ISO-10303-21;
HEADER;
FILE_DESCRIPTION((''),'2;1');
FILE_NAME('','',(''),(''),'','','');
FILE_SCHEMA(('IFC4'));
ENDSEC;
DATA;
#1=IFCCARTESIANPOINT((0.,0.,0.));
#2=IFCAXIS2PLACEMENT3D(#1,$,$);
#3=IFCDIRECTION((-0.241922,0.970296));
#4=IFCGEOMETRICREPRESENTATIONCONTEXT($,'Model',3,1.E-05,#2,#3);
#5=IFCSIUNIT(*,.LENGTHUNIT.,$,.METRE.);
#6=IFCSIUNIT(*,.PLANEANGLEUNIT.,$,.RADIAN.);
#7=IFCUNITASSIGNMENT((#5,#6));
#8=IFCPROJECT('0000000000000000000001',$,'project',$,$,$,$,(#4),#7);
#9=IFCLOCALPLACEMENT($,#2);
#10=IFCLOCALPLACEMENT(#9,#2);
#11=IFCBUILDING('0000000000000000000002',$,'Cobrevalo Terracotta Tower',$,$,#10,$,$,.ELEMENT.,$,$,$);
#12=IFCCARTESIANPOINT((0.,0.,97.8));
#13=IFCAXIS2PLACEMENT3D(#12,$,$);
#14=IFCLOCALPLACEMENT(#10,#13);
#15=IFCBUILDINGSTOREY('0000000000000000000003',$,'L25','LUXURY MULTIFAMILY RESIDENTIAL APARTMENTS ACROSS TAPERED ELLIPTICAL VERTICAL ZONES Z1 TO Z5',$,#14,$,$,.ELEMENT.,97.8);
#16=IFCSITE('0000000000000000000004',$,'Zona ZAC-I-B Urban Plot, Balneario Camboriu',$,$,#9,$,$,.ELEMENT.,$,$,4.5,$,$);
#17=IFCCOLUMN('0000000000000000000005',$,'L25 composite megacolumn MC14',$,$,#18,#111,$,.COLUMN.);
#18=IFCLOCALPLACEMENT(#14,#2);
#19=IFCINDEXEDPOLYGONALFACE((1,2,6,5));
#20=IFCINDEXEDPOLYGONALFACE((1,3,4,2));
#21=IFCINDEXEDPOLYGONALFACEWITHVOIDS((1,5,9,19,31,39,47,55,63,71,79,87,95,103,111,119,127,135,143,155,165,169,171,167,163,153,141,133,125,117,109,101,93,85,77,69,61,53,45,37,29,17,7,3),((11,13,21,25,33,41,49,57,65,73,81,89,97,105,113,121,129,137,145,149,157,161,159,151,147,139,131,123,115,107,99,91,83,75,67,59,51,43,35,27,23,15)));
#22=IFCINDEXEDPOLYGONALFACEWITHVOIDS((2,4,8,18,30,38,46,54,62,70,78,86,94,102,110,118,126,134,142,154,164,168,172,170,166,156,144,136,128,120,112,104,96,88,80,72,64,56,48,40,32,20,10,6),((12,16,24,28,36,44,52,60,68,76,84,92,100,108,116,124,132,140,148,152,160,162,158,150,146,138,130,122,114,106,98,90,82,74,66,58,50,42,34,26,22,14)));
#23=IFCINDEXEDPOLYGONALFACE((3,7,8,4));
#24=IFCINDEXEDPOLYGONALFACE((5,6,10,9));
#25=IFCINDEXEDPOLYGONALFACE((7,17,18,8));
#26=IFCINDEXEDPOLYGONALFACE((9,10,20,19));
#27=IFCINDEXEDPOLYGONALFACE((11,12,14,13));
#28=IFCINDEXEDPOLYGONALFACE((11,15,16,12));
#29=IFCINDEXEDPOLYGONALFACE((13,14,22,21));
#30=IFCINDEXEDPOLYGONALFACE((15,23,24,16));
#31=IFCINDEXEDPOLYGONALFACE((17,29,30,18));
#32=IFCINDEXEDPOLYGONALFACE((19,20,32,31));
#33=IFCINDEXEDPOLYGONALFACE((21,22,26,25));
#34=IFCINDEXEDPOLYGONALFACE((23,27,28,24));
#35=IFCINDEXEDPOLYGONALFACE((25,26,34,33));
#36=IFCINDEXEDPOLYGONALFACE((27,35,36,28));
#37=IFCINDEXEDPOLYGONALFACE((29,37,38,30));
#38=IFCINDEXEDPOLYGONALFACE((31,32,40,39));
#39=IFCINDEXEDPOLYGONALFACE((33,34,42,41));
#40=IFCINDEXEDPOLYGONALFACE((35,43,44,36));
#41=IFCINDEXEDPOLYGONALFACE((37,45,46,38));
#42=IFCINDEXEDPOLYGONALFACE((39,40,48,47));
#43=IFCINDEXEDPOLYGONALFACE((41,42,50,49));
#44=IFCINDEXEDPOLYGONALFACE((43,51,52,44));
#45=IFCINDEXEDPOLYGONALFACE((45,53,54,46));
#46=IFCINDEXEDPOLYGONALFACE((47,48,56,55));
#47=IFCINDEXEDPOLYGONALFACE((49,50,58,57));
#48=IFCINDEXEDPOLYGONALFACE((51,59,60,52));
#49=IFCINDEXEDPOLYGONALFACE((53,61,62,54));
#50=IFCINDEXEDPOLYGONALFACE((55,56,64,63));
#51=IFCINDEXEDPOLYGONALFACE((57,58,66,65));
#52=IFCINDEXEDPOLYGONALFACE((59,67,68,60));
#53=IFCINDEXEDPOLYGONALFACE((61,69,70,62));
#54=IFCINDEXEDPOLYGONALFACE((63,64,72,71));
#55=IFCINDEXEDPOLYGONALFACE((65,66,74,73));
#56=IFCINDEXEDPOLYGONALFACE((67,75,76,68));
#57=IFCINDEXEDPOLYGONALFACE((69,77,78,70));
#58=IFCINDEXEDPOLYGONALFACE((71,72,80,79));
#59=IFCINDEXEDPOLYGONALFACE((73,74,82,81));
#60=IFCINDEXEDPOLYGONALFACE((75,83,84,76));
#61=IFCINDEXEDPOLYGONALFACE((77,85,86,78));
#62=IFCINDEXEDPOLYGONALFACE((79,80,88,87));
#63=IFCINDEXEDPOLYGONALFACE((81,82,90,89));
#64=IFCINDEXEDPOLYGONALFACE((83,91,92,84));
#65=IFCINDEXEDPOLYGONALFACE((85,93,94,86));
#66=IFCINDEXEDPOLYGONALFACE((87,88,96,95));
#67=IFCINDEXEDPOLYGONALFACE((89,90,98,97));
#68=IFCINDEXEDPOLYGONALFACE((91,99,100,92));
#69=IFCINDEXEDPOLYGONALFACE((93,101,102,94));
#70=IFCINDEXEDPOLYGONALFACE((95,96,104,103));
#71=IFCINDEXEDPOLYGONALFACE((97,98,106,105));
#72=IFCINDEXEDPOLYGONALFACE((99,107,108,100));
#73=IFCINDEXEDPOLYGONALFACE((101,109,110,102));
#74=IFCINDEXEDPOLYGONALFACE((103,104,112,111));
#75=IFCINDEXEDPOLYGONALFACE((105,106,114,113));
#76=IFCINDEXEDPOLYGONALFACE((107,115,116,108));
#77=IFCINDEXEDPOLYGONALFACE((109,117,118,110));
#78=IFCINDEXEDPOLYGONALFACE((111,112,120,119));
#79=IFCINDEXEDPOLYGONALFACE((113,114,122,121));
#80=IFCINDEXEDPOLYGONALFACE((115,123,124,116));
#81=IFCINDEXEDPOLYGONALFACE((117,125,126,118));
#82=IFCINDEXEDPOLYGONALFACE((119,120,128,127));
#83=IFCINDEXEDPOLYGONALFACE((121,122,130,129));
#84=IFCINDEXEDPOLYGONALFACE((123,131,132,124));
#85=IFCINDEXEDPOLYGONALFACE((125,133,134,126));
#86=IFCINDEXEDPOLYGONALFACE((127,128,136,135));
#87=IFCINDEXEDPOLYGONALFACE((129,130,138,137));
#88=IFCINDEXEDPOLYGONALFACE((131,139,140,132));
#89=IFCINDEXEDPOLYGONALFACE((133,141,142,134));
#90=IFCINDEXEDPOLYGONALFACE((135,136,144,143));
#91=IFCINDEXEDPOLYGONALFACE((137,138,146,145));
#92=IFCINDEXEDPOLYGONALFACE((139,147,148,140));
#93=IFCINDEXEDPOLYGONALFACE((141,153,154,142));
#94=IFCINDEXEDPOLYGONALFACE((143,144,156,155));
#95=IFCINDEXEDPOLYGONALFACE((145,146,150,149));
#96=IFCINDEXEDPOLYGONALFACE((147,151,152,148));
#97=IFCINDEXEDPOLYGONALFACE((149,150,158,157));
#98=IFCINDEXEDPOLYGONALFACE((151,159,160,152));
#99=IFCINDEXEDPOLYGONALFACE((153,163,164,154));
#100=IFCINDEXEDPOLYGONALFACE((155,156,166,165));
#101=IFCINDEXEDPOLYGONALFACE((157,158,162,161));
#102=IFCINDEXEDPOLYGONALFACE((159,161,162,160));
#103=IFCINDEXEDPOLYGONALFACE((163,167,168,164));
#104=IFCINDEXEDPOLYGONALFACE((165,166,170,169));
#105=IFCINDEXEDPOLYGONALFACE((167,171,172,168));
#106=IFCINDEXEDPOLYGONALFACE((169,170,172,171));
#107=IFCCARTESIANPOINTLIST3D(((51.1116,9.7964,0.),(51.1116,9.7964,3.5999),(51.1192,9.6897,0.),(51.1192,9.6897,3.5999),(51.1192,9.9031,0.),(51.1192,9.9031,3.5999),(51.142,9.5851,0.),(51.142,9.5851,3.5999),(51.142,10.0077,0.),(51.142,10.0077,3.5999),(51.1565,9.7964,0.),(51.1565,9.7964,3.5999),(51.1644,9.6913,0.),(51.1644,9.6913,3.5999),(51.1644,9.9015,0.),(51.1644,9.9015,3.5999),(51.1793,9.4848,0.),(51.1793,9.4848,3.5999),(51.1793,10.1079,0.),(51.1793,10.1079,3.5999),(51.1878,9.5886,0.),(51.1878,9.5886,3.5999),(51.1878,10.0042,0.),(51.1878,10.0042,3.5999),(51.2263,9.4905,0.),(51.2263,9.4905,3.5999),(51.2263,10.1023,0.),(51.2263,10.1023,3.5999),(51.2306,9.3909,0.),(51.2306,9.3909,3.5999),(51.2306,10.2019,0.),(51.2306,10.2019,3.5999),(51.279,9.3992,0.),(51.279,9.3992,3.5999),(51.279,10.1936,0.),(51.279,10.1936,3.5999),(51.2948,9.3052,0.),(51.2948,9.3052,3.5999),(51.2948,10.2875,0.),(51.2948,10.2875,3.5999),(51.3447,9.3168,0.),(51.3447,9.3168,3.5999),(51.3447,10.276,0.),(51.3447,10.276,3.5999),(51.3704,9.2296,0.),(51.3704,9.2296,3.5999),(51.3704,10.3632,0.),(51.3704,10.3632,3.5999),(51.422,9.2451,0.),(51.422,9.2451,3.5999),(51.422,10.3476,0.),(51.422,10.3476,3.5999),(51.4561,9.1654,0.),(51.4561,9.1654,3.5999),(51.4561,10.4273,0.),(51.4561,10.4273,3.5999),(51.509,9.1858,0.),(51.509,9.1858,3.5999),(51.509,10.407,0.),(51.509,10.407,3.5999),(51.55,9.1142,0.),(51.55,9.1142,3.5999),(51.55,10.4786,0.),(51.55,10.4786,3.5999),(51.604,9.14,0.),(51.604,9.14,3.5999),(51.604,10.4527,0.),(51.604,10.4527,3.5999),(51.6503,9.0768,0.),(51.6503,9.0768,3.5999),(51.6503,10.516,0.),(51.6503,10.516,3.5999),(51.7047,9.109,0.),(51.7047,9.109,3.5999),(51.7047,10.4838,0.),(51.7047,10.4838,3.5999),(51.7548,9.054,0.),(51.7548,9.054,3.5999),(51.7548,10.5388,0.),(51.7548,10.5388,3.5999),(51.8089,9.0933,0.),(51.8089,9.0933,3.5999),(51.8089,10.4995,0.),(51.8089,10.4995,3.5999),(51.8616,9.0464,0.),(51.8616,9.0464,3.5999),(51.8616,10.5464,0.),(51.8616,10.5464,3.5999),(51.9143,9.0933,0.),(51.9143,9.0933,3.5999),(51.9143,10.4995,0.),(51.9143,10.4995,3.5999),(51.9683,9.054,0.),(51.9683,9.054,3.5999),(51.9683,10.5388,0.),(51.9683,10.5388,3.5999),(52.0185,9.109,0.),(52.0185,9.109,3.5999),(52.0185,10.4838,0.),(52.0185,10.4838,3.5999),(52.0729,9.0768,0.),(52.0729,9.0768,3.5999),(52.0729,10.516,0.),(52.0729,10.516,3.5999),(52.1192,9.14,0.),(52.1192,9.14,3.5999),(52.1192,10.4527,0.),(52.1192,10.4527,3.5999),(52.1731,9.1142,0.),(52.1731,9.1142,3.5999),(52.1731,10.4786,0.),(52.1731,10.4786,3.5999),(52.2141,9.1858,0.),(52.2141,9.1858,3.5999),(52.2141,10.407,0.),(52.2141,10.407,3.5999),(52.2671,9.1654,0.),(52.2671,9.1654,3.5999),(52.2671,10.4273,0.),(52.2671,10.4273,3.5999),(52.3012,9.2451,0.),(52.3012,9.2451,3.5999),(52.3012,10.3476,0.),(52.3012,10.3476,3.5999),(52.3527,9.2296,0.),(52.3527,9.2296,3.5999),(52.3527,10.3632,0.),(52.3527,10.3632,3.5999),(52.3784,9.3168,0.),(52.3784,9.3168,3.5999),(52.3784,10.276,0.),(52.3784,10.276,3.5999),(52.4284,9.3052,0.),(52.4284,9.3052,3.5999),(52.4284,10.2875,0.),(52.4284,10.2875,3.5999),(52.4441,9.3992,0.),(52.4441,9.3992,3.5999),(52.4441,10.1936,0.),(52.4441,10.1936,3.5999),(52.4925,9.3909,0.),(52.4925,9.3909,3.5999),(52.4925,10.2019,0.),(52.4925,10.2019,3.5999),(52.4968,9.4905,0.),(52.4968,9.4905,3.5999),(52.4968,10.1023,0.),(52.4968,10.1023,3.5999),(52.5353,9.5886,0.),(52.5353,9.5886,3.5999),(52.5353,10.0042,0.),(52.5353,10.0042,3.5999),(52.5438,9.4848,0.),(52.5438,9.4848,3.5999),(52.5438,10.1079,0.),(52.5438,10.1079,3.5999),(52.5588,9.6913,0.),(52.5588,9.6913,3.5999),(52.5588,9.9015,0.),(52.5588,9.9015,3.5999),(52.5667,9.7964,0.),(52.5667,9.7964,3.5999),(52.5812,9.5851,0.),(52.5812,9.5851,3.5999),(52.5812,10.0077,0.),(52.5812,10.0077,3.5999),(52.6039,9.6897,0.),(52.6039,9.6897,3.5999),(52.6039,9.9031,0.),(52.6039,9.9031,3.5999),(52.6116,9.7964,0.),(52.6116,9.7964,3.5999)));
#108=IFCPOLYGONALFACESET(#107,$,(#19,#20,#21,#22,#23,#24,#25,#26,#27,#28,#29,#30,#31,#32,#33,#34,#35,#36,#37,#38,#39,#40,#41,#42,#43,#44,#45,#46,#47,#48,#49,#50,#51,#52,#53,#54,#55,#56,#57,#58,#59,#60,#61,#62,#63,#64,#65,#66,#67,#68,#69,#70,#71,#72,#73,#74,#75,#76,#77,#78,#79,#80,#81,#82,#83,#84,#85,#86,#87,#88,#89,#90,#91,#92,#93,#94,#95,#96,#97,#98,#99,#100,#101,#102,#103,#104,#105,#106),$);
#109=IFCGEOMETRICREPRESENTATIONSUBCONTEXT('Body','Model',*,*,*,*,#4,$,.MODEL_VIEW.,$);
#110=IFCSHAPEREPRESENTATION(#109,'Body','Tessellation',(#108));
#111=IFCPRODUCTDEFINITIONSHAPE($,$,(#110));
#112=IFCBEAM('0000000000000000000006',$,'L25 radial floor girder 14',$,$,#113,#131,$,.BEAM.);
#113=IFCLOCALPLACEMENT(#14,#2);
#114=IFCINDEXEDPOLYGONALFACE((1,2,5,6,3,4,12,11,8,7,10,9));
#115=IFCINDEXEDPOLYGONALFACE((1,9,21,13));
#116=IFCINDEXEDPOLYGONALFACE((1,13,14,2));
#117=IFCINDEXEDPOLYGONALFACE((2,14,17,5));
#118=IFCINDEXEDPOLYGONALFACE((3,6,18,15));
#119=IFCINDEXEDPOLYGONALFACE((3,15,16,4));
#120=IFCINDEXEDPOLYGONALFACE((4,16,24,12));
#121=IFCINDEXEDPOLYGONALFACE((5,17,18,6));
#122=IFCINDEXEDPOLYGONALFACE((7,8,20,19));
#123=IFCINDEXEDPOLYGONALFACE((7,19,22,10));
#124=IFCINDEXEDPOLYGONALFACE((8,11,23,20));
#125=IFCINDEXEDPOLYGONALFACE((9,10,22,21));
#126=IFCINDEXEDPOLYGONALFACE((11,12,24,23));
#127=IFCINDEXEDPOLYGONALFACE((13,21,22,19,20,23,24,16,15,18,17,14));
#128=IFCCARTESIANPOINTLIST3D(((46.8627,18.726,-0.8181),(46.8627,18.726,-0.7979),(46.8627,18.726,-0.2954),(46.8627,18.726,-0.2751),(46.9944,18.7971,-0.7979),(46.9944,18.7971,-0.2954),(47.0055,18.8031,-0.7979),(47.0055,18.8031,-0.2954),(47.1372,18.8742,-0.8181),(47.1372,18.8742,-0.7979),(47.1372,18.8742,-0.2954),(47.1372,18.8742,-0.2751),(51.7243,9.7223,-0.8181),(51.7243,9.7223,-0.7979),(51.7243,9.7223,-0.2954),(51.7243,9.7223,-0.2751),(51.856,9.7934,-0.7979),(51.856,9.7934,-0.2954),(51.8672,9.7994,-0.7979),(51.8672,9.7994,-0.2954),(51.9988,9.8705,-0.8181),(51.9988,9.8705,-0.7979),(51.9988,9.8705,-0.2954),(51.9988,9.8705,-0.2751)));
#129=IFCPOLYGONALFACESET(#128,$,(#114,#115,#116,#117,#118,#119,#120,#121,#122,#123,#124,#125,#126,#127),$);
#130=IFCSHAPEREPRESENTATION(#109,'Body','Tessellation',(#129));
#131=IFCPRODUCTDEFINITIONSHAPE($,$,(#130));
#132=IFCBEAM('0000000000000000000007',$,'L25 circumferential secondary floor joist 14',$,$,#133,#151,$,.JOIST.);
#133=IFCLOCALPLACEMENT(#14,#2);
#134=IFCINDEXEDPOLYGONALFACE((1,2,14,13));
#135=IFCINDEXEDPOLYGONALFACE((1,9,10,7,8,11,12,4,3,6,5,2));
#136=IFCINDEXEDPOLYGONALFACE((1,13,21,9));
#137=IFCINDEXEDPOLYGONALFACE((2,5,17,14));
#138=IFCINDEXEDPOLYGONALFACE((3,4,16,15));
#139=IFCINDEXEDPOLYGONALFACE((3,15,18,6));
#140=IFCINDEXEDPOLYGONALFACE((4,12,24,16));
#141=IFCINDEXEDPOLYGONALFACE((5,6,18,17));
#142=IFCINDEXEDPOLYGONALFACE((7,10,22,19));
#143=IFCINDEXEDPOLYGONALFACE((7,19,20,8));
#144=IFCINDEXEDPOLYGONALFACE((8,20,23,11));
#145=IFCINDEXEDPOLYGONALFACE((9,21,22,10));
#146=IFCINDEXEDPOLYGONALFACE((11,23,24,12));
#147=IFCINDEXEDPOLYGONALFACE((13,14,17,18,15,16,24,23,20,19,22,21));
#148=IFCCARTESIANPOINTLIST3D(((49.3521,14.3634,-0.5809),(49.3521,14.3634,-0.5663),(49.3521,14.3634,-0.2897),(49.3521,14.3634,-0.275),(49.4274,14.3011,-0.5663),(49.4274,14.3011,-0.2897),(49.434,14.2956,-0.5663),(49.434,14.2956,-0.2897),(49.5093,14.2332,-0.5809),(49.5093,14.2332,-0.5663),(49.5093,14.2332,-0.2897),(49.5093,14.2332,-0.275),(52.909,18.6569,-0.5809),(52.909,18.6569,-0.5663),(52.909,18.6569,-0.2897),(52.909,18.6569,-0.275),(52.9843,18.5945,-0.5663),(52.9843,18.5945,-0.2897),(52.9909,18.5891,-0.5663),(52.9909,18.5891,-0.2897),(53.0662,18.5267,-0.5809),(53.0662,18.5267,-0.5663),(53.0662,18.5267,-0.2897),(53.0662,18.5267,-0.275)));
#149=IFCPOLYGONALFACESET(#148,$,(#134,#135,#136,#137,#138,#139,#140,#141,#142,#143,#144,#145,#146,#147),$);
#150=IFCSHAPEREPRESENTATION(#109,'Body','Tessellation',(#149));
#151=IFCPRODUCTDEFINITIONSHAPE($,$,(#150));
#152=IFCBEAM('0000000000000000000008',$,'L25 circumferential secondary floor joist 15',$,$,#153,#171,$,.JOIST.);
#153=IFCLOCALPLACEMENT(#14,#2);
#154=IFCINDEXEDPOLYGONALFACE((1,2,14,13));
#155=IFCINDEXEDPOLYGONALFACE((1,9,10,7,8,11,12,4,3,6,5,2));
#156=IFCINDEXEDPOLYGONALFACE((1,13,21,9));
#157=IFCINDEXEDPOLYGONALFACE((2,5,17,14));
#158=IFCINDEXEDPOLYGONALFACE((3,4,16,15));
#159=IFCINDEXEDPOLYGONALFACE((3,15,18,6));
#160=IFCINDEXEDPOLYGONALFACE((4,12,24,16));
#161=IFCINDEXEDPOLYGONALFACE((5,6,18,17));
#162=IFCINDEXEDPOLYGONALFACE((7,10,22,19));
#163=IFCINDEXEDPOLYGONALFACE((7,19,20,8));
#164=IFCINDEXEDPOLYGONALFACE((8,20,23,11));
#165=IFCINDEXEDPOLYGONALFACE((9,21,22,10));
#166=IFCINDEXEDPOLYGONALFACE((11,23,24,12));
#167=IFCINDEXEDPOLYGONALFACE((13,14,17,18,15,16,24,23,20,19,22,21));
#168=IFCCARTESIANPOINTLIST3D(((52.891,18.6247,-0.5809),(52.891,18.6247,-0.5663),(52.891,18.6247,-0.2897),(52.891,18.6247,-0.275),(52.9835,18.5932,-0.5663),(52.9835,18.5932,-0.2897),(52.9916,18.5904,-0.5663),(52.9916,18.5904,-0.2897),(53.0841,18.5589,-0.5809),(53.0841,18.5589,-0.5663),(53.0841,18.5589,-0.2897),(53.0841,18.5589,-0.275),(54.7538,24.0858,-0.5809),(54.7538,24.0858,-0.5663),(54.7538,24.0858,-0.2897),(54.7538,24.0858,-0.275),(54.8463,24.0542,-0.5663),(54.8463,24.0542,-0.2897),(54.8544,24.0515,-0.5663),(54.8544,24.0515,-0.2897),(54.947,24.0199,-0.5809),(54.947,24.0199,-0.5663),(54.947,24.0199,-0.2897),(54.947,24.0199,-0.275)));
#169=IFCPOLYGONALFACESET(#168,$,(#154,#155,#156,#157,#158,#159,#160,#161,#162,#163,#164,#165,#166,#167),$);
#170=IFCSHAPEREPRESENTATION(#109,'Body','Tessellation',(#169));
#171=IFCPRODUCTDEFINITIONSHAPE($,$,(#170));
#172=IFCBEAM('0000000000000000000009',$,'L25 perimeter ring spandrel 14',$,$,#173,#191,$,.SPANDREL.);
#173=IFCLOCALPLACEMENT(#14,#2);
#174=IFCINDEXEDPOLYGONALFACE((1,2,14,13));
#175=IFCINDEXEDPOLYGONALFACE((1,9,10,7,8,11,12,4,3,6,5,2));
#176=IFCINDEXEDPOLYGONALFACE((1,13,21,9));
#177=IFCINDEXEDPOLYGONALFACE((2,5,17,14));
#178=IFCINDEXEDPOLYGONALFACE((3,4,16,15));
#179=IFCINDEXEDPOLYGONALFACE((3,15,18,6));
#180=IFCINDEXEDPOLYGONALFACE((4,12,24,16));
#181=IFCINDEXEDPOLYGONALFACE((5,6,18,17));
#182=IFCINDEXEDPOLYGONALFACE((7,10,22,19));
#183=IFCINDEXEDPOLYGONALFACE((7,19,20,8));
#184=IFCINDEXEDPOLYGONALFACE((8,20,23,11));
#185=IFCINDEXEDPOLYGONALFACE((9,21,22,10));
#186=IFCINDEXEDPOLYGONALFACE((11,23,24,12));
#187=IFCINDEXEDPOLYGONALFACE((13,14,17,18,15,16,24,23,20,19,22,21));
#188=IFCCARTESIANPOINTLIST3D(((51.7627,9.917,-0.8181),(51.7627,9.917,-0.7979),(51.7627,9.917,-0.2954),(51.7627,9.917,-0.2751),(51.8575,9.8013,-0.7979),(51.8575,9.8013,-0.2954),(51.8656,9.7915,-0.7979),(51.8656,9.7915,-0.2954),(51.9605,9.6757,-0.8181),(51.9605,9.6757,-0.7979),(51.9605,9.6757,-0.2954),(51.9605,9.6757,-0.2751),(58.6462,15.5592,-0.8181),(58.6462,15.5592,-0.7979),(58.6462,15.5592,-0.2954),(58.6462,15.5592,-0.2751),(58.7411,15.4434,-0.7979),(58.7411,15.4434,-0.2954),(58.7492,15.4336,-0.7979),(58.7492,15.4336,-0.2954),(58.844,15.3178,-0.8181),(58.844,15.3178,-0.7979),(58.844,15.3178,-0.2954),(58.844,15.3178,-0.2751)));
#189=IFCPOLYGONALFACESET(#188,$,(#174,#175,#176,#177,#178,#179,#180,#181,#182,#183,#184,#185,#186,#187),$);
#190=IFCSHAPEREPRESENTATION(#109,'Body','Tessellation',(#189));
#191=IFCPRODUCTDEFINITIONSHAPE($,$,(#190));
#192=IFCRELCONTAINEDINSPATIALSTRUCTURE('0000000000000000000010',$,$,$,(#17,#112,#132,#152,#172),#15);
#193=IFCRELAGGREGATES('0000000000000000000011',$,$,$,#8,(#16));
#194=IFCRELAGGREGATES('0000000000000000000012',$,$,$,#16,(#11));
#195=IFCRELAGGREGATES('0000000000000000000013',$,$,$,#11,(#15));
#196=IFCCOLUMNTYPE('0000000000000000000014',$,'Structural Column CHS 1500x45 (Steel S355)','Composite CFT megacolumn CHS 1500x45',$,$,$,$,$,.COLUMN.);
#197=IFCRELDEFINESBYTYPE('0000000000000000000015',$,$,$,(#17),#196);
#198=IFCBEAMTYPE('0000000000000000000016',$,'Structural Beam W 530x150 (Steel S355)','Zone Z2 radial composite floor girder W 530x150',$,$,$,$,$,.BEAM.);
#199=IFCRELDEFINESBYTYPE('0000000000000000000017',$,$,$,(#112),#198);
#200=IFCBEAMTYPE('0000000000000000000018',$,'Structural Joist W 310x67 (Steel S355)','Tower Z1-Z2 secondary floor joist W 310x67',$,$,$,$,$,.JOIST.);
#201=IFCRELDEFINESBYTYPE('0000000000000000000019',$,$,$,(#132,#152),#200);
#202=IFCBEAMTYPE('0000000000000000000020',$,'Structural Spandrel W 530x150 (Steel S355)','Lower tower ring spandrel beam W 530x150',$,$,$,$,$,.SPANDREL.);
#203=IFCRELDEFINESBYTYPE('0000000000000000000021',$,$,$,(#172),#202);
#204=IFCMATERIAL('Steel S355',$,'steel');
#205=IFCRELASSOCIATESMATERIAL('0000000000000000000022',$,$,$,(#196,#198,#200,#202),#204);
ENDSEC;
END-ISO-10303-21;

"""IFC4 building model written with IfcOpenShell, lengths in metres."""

from ifc_helpers import new_model, si_unit, direction, frame, origin, origin_2d, place, context, subcontext, project, spatial, hollow_circle, i_section, extrude, material, material_profile, profile_set, type_object, element, save


model = new_model("IFC4")

# Units and contexts
model_context = context("Model", 3, precision=1e-05, world=origin(), true_north=direction((-0.241922, 0.970296)))
body_context = subcontext(model_context, "Body", "Model", "MODEL_VIEW")
ifc_project = project(units=[si_unit("LENGTHUNIT", "METRE"), si_unit("PLANEANGLEUNIT", "RADIAN")], contexts=[model_context])

# Site, building, storey
site_placement = place(None, origin())
site = spatial("IfcSite", under=ifc_project, at=site_placement, Name="Zona ZAC-I-B Urban Plot, Balneario Camboriu", CompositionType="ELEMENT", RefElevation=4.5)
building_placement = place(site_placement, origin())
building = spatial("IfcBuilding", under=site, at=building_placement, Name="Cobrevalo Terracotta Tower", CompositionType="ELEMENT")
storey_placement = place(building_placement, frame((0.0, 0.0, 97.8)))
storey = spatial("IfcBuildingStorey", under=building, at=storey_placement, Name="L25", Description="LUXURY MULTIFAMILY RESIDENTIAL APARTMENTS ACROSS TAPERED ELLIPTICAL VERTICAL ZONES Z1 TO Z5", CompositionType="ELEMENT", Elevation=97.8)

# Column
ifc_material_1 = material(Name="Steel S355", Category="steel")
ifc_material_profile_1 = material_profile(ifc_material_1, hollow_circle(Radius=0.75, WallThickness=0.0449, at=origin_2d()), Name="CHS 1500x45")
ifc_profile_set_1 = profile_set([ifc_material_profile_1], Name="Steel S355")
column_type = type_object("IfcColumnType", Name="Structural Column CHS 1500x45 (Steel S355)", Description="Composite CFT megacolumn CHS 1500x45", PredefinedType="COLUMN", material=ifc_profile_set_1)
column_placement = place(storey_placement, frame((51.8616, 9.7964, 0.0), z_axis=(0.0, 0.0, 1.0), x_axis=(1.0, 0.0, 0.0)))
element("IfcColumn", 1, at=column_placement, inside=storey, type_object=column_type, Name="L25 composite megacolumn MC14", PredefinedType="COLUMN", context=body_context, shape_type="SweptSolid", body=[
    extrude(hollow_circle(Radius=0.75, WallThickness=0.0449, at=origin_2d()), origin(), (0.0, 0.0, 1.0), 3.5999),
])

# Beams
ifc_material_profile_2 = material_profile(ifc_material_1, i_section(OverallWidth=0.312, OverallDepth=0.543, WebThickness=0.0127, FlangeThickness=0.0203, at=origin_2d()), Name="W 530x150")
ifc_profile_set_2 = profile_set([ifc_material_profile_2], Name="Steel S355")
beam_type_1 = type_object("IfcBeamType", Name="Structural Beam W 530x150 (Steel S355)", Description="Zone Z2 radial composite floor girder W 530x150", PredefinedType="BEAM", material=ifc_profile_set_2)
beam_1_placement = place(storey_placement, frame((51.8616, 9.7964, -0.5466), z_axis=(-0.475118, 0.879922, 0.0), x_axis=(-0.879922, -0.475118, 0.0)))
element("IfcBeam", 2, at=beam_1_placement, inside=storey, type_object=beam_type_1, Name="L25 radial floor girder 14", PredefinedType="BEAM", context=body_context, shape_type="SweptSolid", body=[
    extrude(i_section(OverallWidth=0.312, OverallDepth=0.543, WebThickness=0.0127, FlangeThickness=0.0203, at=origin_2d()), origin(), (0.0, 0.0, 1.0), 10.2324),
])
ifc_material_profile_3 = material_profile(ifc_material_1, i_section(OverallWidth=0.2041, OverallDepth=0.3059, WebThickness=0.0085, FlangeThickness=0.0146, at=origin_2d()), Name="W 310x67")
ifc_profile_set_3 = profile_set([ifc_material_profile_3], Name="Steel S355")
beam_type_2 = type_object("IfcBeamType", Name="Structural Joist W 310x67 (Steel S355)", Description="Tower Z1-Z2 secondary floor joist W 310x67", PredefinedType="JOIST", material=ifc_profile_set_3)
beam_2_placement = place(storey_placement, frame((49.4307, 14.2983, -0.428), z_axis=(0.637959, 0.77007, 0.0), x_axis=(-0.77007, 0.637959, 0.0)))
element("IfcBeam", 3, at=beam_2_placement, inside=storey, type_object=beam_type_2, Name="L25 circumferential secondary floor joist 14", PredefinedType="JOIST", context=body_context, shape_type="SweptSolid", body=[
    extrude(i_section(OverallWidth=0.2041, OverallDepth=0.3059, WebThickness=0.0085, FlangeThickness=0.0146, at=origin_2d()), origin(), (0.0, 0.0, 1.0), 5.5754),
])
beam_3_placement = place(storey_placement, frame((52.9875, 18.5918, -0.428), z_axis=(0.322846, 0.946451, 0.0), x_axis=(-0.946451, 0.322846, 0.0)))
element("IfcBeam", 4, at=beam_3_placement, inside=storey, type_object=beam_type_2, Name="L25 circumferential secondary floor joist 15", PredefinedType="JOIST", context=body_context, shape_type="SweptSolid", body=[
    extrude(i_section(OverallWidth=0.2041, OverallDepth=0.3059, WebThickness=0.0085, FlangeThickness=0.0146, at=origin_2d()), origin(), (0.0, 0.0, 1.0), 5.77),
])
ifc_material_profile_4 = material_profile(ifc_material_1, i_section(OverallWidth=0.312, OverallDepth=0.543, WebThickness=0.0127, FlangeThickness=0.0203, at=origin_2d()), Name="W 530x150")
ifc_profile_set_4 = profile_set([ifc_material_profile_4], Name="Steel S355")
beam_type_3 = type_object("IfcBeamType", Name="Structural Spandrel W 530x150 (Steel S355)", Description="Lower tower ring spandrel beam W 530x150", PredefinedType="SPANDREL", material=ifc_profile_set_4)
beam_4_placement = place(storey_placement, frame((51.8616, 9.7964, -0.5466), z_axis=(0.773401, 0.633917, 0.0), x_axis=(-0.633917, 0.773401, 0.0)))
element("IfcBeam", 5, at=beam_4_placement, inside=storey, type_object=beam_type_3, Name="L25 perimeter ring spandrel 14", PredefinedType="SPANDREL", context=body_context, shape_type="SweptSolid", body=[
    extrude(i_section(OverallWidth=0.312, OverallDepth=0.543, WebThickness=0.0127, FlangeThickness=0.0203, at=origin_2d()), origin(), (0.0, 0.0, 1.0), 8.9004),
])

save(model, "model.ifc")
